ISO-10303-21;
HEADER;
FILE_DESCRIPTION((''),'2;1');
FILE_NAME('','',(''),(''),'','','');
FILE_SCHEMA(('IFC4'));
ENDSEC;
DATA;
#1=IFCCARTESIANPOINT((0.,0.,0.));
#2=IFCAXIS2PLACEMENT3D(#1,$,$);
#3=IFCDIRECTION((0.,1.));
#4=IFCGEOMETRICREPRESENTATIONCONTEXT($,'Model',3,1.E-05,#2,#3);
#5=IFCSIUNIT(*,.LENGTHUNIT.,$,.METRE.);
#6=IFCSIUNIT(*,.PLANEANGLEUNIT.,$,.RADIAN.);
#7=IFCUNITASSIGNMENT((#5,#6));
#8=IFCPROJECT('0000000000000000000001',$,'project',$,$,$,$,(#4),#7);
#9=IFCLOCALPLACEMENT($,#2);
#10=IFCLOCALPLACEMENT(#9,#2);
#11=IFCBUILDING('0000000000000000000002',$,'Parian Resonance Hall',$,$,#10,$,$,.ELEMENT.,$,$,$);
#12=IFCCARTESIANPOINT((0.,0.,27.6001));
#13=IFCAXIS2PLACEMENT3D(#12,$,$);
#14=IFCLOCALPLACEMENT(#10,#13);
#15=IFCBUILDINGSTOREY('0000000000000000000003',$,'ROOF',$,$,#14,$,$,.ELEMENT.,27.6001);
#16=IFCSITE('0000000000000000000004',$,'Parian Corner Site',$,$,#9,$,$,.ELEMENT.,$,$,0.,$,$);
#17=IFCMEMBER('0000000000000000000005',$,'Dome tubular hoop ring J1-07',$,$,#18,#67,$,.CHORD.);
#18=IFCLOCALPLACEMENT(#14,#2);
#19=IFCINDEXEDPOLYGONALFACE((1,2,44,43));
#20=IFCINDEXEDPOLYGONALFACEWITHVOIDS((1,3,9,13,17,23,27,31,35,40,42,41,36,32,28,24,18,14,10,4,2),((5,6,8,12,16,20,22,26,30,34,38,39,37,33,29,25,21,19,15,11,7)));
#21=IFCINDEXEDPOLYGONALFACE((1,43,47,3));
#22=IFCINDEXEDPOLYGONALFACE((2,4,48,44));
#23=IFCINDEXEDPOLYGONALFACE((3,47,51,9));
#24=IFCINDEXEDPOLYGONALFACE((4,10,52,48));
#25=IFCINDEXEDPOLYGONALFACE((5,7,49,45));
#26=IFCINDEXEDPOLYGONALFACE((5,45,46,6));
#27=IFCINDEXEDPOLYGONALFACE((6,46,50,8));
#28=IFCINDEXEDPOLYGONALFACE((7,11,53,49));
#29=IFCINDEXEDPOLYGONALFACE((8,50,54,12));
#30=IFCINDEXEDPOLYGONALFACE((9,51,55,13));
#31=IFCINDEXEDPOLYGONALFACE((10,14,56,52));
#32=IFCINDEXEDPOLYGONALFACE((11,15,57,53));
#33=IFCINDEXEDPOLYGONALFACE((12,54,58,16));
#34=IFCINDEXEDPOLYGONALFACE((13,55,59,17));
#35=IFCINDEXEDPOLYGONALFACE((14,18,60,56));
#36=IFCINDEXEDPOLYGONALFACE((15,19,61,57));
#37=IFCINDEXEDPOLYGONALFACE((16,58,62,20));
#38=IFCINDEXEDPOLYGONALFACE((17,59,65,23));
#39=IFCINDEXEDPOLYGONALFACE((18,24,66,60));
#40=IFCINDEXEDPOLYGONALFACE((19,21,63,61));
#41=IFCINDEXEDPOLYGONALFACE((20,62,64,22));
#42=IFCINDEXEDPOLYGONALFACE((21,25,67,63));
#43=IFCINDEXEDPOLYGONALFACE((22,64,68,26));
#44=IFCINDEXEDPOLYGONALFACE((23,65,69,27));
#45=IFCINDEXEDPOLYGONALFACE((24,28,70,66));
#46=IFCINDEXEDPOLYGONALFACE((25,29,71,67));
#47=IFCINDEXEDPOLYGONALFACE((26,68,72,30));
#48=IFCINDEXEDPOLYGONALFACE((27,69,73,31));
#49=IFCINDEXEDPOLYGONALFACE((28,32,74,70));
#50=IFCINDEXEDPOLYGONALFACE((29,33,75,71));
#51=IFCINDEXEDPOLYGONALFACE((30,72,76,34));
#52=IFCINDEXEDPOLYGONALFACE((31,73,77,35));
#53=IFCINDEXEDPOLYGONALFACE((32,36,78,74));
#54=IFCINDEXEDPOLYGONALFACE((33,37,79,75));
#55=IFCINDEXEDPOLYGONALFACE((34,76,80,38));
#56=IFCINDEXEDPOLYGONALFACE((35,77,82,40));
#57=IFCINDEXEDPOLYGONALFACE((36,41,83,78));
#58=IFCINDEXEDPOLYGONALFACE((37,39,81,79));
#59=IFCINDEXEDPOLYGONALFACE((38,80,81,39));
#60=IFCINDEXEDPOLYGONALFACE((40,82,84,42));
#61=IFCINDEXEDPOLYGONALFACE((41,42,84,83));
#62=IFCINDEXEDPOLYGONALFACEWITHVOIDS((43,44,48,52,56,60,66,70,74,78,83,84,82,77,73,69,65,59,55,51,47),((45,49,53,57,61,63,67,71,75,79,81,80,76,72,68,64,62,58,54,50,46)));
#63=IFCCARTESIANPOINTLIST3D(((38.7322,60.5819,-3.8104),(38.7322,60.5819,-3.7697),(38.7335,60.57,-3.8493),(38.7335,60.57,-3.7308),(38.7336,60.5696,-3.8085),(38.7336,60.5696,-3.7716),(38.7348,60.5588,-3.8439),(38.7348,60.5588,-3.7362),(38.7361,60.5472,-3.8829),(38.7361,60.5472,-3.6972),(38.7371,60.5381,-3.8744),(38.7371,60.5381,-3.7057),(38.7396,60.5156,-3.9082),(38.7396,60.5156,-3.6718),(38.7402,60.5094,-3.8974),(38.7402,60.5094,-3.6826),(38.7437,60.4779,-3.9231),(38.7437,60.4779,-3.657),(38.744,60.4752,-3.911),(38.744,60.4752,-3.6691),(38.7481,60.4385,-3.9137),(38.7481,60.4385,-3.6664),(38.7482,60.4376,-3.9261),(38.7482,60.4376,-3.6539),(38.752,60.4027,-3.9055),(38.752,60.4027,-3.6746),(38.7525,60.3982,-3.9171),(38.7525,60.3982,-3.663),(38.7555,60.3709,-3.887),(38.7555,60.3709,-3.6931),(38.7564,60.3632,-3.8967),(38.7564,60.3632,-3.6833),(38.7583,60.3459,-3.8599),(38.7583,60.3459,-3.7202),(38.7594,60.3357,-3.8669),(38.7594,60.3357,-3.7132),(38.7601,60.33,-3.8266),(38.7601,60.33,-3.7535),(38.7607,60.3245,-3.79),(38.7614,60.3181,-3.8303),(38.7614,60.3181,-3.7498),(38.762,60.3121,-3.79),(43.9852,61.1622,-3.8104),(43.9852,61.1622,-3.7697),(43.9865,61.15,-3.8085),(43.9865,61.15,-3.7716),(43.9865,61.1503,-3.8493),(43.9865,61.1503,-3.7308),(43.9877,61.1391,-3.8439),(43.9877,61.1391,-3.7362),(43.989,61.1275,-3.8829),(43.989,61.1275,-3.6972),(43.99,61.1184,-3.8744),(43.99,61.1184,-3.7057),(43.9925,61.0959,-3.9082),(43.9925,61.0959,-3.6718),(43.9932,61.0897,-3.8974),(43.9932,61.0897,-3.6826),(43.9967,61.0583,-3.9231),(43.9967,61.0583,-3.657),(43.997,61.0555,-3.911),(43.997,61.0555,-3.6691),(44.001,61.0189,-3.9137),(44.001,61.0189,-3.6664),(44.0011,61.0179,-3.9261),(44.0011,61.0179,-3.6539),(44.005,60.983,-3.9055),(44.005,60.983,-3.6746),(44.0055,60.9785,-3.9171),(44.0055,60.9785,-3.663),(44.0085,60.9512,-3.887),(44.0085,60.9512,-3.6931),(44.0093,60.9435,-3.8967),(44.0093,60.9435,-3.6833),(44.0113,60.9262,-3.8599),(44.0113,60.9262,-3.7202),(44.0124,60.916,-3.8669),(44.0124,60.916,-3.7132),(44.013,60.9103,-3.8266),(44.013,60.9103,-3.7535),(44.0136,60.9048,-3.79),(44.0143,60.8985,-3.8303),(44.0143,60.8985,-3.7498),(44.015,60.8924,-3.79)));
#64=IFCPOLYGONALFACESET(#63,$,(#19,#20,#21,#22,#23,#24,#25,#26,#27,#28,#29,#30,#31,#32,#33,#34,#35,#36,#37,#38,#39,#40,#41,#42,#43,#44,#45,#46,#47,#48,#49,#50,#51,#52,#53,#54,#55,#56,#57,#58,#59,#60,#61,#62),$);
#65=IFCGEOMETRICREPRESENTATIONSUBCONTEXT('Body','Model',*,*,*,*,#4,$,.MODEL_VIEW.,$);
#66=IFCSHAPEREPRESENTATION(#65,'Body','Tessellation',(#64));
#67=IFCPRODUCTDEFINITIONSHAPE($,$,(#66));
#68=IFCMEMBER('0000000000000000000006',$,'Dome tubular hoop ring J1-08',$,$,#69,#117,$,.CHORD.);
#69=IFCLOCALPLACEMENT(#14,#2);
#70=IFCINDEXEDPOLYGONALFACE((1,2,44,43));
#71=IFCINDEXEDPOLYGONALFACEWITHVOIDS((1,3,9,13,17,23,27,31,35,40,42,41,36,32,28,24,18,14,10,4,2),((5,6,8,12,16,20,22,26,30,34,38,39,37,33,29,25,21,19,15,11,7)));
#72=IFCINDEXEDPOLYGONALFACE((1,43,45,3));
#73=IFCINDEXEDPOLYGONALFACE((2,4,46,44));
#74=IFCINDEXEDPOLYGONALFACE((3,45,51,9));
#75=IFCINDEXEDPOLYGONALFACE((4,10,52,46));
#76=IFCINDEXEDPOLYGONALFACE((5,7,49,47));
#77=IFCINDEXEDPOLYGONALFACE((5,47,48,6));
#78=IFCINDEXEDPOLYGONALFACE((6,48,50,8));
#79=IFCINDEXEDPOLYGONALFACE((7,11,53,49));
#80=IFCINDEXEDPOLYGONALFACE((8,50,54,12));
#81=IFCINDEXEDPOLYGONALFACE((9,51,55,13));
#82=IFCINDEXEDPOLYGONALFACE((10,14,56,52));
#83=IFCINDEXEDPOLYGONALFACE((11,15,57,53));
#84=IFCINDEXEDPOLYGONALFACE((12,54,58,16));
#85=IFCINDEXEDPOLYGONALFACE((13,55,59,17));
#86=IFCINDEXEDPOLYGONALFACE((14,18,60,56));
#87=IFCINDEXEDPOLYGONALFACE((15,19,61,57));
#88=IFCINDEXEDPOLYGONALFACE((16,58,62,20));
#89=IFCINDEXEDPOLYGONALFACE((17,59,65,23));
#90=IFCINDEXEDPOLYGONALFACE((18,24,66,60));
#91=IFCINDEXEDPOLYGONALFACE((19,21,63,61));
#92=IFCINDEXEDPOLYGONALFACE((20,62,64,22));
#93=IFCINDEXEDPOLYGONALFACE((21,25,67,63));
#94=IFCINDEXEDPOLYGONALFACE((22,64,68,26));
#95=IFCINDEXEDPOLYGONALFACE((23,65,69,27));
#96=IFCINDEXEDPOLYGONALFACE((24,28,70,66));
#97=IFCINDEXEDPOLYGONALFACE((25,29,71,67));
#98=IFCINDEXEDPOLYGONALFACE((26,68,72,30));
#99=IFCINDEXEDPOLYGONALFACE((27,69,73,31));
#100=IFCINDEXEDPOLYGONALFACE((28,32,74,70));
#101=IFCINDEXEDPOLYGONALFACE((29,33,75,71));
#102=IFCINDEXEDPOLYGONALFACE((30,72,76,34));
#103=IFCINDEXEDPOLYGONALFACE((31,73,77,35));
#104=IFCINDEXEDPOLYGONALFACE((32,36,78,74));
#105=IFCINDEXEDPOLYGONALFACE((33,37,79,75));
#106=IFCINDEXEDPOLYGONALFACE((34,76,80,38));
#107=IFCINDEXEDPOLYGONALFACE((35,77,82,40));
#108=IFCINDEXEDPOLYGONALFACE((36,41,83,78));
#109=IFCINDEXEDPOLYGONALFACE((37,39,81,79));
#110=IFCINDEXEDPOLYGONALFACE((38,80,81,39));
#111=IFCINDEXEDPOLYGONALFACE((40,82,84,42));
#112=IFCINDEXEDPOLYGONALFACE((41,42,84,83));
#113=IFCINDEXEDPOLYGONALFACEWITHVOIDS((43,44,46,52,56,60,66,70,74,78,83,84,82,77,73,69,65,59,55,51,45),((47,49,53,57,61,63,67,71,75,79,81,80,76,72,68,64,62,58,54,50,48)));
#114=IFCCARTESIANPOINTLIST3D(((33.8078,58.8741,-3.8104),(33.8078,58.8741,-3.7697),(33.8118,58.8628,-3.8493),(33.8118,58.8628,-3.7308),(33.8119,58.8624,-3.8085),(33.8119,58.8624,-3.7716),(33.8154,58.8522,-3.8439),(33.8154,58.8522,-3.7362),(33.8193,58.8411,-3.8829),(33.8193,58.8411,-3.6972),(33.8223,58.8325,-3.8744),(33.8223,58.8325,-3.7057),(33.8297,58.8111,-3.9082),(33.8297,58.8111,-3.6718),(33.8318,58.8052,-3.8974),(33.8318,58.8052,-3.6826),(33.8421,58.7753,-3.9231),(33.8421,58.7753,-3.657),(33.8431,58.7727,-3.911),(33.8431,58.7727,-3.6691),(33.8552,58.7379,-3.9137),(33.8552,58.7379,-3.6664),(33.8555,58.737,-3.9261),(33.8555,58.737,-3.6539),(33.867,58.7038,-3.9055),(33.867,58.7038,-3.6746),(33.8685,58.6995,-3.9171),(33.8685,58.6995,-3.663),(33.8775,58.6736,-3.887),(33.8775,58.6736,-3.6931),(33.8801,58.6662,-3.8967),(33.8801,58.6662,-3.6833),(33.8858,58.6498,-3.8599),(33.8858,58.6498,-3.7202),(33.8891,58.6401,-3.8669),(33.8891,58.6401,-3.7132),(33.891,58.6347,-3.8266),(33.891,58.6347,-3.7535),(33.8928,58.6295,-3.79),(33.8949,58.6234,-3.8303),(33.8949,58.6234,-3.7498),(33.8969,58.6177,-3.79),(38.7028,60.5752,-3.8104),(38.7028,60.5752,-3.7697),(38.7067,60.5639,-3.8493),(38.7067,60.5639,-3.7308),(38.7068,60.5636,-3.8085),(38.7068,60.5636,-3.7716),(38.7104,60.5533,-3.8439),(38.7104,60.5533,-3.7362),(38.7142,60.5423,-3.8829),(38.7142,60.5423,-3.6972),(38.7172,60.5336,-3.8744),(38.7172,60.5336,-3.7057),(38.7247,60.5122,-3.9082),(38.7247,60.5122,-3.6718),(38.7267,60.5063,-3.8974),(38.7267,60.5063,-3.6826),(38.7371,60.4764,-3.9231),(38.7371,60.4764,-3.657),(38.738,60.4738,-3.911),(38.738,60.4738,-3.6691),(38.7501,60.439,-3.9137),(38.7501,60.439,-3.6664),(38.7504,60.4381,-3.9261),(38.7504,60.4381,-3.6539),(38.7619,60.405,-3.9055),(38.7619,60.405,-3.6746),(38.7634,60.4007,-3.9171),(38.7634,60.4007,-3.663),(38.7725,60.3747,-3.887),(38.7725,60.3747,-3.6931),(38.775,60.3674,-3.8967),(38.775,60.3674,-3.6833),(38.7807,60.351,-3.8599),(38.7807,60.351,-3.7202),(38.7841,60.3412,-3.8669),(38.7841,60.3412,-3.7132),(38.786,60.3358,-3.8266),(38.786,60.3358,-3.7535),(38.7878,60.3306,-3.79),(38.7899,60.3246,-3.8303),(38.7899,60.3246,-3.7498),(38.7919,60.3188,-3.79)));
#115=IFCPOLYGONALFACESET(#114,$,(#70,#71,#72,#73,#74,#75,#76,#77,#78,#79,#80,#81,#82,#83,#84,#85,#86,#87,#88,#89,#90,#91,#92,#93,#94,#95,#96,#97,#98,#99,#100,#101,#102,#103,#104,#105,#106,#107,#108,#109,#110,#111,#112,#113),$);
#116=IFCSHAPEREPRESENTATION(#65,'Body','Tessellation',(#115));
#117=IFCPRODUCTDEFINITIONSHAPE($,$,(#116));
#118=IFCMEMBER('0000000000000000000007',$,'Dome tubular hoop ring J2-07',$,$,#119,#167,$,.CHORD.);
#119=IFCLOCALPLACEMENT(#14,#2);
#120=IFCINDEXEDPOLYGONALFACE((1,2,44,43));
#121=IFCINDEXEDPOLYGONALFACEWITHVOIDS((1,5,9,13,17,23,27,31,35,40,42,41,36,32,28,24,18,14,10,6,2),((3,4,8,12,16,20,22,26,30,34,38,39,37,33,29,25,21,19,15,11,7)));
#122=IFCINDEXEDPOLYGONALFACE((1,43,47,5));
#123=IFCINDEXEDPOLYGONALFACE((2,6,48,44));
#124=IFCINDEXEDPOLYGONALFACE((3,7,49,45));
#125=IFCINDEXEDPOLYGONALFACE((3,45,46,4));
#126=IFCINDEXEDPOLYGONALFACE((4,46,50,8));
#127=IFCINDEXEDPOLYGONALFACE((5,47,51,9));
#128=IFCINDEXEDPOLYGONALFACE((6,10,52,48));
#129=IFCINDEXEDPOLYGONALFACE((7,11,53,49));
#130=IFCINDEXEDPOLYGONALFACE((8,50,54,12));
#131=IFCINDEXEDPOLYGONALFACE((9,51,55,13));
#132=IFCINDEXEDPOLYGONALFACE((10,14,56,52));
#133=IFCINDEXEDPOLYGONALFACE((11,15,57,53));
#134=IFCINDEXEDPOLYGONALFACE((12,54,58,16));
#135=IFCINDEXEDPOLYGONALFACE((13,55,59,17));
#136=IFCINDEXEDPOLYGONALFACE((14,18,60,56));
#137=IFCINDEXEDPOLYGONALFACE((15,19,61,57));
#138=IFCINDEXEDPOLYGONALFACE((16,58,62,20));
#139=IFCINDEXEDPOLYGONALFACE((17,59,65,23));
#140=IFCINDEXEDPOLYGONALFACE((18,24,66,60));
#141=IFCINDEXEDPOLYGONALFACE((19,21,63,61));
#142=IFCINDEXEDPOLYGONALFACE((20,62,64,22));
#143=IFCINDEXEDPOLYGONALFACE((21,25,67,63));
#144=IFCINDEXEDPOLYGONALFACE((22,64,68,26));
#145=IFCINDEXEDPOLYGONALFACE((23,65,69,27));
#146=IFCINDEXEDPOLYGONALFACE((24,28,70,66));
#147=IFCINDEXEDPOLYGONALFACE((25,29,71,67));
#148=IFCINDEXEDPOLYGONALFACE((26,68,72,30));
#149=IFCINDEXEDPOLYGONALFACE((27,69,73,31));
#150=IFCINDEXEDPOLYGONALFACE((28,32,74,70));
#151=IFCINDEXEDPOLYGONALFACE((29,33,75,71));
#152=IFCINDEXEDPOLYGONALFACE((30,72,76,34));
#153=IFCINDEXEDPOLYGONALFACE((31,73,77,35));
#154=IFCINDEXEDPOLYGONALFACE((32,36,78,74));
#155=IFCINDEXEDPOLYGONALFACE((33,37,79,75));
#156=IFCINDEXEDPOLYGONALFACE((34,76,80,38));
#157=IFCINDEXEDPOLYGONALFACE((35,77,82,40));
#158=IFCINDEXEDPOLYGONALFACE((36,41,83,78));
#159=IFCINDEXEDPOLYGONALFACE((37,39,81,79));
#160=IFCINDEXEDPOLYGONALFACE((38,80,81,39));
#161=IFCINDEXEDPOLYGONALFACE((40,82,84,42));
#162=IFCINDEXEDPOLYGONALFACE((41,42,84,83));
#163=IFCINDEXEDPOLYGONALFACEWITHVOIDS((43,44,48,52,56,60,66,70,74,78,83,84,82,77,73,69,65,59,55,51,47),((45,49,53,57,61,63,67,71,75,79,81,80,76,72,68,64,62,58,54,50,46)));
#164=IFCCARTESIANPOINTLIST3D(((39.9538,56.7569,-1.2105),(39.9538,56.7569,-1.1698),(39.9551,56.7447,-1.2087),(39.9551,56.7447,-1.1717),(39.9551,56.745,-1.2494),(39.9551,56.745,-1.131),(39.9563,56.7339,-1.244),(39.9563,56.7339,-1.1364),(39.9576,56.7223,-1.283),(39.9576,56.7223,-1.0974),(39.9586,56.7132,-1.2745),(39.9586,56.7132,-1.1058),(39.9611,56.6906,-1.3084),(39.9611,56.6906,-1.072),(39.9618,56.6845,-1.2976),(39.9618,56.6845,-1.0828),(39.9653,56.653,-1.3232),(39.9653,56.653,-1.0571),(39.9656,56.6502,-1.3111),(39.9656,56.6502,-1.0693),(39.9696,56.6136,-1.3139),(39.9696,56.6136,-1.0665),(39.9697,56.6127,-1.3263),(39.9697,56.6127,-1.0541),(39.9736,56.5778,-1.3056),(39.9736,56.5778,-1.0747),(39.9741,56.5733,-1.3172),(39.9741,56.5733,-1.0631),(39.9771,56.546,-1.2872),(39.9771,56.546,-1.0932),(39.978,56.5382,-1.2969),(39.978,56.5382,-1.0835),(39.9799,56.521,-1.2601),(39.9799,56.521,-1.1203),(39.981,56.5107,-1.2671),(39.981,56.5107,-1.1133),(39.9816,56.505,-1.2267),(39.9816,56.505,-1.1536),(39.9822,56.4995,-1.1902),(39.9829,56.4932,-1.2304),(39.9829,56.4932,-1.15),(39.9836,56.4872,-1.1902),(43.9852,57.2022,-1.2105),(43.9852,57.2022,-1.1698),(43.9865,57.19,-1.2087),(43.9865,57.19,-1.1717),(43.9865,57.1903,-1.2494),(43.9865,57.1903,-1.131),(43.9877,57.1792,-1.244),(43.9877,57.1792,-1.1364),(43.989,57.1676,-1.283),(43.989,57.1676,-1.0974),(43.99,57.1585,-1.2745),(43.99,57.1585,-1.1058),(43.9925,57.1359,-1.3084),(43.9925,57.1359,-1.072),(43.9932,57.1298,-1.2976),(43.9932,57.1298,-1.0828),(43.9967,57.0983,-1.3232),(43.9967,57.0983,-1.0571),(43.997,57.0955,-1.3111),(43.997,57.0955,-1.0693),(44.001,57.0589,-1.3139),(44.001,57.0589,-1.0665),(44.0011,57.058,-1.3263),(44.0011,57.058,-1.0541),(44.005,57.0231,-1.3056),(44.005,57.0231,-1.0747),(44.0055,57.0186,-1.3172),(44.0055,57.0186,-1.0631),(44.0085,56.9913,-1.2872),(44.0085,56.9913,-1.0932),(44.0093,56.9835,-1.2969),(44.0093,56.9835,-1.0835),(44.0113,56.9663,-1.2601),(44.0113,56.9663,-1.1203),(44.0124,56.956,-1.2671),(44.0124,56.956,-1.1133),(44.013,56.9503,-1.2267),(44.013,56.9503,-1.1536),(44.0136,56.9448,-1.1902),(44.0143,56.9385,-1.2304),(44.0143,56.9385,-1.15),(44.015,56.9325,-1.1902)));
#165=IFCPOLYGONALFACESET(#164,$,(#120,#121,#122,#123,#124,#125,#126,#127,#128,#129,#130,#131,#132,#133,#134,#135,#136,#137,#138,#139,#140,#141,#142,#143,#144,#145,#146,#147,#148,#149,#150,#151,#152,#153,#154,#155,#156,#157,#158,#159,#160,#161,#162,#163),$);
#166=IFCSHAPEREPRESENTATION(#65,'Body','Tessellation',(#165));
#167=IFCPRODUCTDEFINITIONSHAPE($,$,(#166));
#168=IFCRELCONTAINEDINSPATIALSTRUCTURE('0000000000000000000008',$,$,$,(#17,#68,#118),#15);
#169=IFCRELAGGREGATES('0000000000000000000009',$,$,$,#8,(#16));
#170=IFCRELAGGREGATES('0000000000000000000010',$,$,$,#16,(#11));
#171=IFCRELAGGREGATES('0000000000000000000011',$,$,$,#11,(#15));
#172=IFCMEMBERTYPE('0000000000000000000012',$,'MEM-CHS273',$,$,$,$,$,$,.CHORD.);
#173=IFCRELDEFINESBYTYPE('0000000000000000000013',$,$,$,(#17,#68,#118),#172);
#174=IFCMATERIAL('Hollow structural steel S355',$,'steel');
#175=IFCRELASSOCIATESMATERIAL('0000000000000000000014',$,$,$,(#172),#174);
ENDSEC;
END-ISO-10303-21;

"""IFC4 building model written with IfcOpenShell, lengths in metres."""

from ifc_helpers import new_model, si_unit, direction, frame, origin, origin_2d, place, context, subcontext, project, spatial, hollow_circle, extrude, material, material_profile, profile_set, type_object, element, save


model = new_model("IFC4")

# Units and contexts
model_context = context("Model", 3, precision=1e-05, world=origin(), true_north=direction((0.0, 1.0)))
body_context = subcontext(model_context, "Body", "Model", "MODEL_VIEW")
ifc_project = project(units=[si_unit("LENGTHUNIT", "METRE"), si_unit("PLANEANGLEUNIT", "RADIAN")], contexts=[model_context])

# Site, building, storey
site_placement = place(None, origin())
site = spatial("IfcSite", under=ifc_project, at=site_placement, Name="Parian Corner Site", CompositionType="ELEMENT", RefElevation=0.0)
building_placement = place(site_placement, origin())
building = spatial("IfcBuilding", under=site, at=building_placement, Name="Parian Resonance Hall", CompositionType="ELEMENT")
storey_placement = place(building_placement, frame((0.0, 0.0, 27.6001)))
storey = spatial("IfcBuildingStorey", under=building, at=storey_placement, Name="ROOF", CompositionType="ELEMENT", Elevation=27.6001)

# Members
ifc_material_1 = material(Name="Hollow structural steel S355", Category="steel")
ifc_material_profile_1 = material_profile(ifc_material_1, hollow_circle(Radius=0.1365, WallThickness=0.0125, at=origin_2d()), Name="CHS273x12.5")
ifc_profile_set_1 = profile_set([ifc_material_profile_1], Name="Hollow structural steel S355")
member_type_1 = type_object("IfcMemberType", Name="MEM-CHS273", PredefinedType="CHORD", material=ifc_profile_set_1)
member_1_placement = place(storey_placement, frame((44.0, 61.0281, -3.79), z_axis=(-0.993953, -0.109808, 0.0), x_axis=(0.109808, -0.993953, 0.0)))
element("IfcMember", 1, at=member_1_placement, inside=storey, type_object=member_type_1, Name="Dome tubular hoop ring J1-07", PredefinedType="CHORD", context=body_context, shape_type="SweptSolid", body=[
    extrude(hollow_circle(Radius=0.1365, WallThickness=0.0125, at=origin_2d()), origin(), (0.0, 0.0, 1.0), 5.2849),
])
member_2_placement = place(storey_placement, frame((38.7471, 60.4478, -3.79), z_axis=(-0.944583, -0.328272, 0.0), x_axis=(0.328272, -0.944583, 0.0)))
element("IfcMember", 2, at=member_2_placement, inside=storey, type_object=member_type_1, Name="Dome tubular hoop ring J1-08", PredefinedType="CHORD", context=body_context, shape_type="SweptSolid", body=[
    extrude(hollow_circle(Radius=0.1365, WallThickness=0.0125, at=origin_2d()), origin(), (0.0, 0.0, 1.0), 5.1821),
])
member_3_placement = place(storey_placement, frame((44.0, 57.0681, -1.1902), z_axis=(-0.993955, -0.109791, 0.0), x_axis=(0.109791, -0.993955, 0.0)))
element("IfcMember", 3, at=member_3_placement, inside=storey, type_object=member_type_1, Name="Dome tubular hoop ring J2-07", PredefinedType="CHORD", context=body_context, shape_type="SweptSolid", body=[
    extrude(hollow_circle(Radius=0.1365, WallThickness=0.0125, at=origin_2d()), origin(), (0.0, 0.0, 1.0), 4.0559),
])

save(model, "model.ifc")
